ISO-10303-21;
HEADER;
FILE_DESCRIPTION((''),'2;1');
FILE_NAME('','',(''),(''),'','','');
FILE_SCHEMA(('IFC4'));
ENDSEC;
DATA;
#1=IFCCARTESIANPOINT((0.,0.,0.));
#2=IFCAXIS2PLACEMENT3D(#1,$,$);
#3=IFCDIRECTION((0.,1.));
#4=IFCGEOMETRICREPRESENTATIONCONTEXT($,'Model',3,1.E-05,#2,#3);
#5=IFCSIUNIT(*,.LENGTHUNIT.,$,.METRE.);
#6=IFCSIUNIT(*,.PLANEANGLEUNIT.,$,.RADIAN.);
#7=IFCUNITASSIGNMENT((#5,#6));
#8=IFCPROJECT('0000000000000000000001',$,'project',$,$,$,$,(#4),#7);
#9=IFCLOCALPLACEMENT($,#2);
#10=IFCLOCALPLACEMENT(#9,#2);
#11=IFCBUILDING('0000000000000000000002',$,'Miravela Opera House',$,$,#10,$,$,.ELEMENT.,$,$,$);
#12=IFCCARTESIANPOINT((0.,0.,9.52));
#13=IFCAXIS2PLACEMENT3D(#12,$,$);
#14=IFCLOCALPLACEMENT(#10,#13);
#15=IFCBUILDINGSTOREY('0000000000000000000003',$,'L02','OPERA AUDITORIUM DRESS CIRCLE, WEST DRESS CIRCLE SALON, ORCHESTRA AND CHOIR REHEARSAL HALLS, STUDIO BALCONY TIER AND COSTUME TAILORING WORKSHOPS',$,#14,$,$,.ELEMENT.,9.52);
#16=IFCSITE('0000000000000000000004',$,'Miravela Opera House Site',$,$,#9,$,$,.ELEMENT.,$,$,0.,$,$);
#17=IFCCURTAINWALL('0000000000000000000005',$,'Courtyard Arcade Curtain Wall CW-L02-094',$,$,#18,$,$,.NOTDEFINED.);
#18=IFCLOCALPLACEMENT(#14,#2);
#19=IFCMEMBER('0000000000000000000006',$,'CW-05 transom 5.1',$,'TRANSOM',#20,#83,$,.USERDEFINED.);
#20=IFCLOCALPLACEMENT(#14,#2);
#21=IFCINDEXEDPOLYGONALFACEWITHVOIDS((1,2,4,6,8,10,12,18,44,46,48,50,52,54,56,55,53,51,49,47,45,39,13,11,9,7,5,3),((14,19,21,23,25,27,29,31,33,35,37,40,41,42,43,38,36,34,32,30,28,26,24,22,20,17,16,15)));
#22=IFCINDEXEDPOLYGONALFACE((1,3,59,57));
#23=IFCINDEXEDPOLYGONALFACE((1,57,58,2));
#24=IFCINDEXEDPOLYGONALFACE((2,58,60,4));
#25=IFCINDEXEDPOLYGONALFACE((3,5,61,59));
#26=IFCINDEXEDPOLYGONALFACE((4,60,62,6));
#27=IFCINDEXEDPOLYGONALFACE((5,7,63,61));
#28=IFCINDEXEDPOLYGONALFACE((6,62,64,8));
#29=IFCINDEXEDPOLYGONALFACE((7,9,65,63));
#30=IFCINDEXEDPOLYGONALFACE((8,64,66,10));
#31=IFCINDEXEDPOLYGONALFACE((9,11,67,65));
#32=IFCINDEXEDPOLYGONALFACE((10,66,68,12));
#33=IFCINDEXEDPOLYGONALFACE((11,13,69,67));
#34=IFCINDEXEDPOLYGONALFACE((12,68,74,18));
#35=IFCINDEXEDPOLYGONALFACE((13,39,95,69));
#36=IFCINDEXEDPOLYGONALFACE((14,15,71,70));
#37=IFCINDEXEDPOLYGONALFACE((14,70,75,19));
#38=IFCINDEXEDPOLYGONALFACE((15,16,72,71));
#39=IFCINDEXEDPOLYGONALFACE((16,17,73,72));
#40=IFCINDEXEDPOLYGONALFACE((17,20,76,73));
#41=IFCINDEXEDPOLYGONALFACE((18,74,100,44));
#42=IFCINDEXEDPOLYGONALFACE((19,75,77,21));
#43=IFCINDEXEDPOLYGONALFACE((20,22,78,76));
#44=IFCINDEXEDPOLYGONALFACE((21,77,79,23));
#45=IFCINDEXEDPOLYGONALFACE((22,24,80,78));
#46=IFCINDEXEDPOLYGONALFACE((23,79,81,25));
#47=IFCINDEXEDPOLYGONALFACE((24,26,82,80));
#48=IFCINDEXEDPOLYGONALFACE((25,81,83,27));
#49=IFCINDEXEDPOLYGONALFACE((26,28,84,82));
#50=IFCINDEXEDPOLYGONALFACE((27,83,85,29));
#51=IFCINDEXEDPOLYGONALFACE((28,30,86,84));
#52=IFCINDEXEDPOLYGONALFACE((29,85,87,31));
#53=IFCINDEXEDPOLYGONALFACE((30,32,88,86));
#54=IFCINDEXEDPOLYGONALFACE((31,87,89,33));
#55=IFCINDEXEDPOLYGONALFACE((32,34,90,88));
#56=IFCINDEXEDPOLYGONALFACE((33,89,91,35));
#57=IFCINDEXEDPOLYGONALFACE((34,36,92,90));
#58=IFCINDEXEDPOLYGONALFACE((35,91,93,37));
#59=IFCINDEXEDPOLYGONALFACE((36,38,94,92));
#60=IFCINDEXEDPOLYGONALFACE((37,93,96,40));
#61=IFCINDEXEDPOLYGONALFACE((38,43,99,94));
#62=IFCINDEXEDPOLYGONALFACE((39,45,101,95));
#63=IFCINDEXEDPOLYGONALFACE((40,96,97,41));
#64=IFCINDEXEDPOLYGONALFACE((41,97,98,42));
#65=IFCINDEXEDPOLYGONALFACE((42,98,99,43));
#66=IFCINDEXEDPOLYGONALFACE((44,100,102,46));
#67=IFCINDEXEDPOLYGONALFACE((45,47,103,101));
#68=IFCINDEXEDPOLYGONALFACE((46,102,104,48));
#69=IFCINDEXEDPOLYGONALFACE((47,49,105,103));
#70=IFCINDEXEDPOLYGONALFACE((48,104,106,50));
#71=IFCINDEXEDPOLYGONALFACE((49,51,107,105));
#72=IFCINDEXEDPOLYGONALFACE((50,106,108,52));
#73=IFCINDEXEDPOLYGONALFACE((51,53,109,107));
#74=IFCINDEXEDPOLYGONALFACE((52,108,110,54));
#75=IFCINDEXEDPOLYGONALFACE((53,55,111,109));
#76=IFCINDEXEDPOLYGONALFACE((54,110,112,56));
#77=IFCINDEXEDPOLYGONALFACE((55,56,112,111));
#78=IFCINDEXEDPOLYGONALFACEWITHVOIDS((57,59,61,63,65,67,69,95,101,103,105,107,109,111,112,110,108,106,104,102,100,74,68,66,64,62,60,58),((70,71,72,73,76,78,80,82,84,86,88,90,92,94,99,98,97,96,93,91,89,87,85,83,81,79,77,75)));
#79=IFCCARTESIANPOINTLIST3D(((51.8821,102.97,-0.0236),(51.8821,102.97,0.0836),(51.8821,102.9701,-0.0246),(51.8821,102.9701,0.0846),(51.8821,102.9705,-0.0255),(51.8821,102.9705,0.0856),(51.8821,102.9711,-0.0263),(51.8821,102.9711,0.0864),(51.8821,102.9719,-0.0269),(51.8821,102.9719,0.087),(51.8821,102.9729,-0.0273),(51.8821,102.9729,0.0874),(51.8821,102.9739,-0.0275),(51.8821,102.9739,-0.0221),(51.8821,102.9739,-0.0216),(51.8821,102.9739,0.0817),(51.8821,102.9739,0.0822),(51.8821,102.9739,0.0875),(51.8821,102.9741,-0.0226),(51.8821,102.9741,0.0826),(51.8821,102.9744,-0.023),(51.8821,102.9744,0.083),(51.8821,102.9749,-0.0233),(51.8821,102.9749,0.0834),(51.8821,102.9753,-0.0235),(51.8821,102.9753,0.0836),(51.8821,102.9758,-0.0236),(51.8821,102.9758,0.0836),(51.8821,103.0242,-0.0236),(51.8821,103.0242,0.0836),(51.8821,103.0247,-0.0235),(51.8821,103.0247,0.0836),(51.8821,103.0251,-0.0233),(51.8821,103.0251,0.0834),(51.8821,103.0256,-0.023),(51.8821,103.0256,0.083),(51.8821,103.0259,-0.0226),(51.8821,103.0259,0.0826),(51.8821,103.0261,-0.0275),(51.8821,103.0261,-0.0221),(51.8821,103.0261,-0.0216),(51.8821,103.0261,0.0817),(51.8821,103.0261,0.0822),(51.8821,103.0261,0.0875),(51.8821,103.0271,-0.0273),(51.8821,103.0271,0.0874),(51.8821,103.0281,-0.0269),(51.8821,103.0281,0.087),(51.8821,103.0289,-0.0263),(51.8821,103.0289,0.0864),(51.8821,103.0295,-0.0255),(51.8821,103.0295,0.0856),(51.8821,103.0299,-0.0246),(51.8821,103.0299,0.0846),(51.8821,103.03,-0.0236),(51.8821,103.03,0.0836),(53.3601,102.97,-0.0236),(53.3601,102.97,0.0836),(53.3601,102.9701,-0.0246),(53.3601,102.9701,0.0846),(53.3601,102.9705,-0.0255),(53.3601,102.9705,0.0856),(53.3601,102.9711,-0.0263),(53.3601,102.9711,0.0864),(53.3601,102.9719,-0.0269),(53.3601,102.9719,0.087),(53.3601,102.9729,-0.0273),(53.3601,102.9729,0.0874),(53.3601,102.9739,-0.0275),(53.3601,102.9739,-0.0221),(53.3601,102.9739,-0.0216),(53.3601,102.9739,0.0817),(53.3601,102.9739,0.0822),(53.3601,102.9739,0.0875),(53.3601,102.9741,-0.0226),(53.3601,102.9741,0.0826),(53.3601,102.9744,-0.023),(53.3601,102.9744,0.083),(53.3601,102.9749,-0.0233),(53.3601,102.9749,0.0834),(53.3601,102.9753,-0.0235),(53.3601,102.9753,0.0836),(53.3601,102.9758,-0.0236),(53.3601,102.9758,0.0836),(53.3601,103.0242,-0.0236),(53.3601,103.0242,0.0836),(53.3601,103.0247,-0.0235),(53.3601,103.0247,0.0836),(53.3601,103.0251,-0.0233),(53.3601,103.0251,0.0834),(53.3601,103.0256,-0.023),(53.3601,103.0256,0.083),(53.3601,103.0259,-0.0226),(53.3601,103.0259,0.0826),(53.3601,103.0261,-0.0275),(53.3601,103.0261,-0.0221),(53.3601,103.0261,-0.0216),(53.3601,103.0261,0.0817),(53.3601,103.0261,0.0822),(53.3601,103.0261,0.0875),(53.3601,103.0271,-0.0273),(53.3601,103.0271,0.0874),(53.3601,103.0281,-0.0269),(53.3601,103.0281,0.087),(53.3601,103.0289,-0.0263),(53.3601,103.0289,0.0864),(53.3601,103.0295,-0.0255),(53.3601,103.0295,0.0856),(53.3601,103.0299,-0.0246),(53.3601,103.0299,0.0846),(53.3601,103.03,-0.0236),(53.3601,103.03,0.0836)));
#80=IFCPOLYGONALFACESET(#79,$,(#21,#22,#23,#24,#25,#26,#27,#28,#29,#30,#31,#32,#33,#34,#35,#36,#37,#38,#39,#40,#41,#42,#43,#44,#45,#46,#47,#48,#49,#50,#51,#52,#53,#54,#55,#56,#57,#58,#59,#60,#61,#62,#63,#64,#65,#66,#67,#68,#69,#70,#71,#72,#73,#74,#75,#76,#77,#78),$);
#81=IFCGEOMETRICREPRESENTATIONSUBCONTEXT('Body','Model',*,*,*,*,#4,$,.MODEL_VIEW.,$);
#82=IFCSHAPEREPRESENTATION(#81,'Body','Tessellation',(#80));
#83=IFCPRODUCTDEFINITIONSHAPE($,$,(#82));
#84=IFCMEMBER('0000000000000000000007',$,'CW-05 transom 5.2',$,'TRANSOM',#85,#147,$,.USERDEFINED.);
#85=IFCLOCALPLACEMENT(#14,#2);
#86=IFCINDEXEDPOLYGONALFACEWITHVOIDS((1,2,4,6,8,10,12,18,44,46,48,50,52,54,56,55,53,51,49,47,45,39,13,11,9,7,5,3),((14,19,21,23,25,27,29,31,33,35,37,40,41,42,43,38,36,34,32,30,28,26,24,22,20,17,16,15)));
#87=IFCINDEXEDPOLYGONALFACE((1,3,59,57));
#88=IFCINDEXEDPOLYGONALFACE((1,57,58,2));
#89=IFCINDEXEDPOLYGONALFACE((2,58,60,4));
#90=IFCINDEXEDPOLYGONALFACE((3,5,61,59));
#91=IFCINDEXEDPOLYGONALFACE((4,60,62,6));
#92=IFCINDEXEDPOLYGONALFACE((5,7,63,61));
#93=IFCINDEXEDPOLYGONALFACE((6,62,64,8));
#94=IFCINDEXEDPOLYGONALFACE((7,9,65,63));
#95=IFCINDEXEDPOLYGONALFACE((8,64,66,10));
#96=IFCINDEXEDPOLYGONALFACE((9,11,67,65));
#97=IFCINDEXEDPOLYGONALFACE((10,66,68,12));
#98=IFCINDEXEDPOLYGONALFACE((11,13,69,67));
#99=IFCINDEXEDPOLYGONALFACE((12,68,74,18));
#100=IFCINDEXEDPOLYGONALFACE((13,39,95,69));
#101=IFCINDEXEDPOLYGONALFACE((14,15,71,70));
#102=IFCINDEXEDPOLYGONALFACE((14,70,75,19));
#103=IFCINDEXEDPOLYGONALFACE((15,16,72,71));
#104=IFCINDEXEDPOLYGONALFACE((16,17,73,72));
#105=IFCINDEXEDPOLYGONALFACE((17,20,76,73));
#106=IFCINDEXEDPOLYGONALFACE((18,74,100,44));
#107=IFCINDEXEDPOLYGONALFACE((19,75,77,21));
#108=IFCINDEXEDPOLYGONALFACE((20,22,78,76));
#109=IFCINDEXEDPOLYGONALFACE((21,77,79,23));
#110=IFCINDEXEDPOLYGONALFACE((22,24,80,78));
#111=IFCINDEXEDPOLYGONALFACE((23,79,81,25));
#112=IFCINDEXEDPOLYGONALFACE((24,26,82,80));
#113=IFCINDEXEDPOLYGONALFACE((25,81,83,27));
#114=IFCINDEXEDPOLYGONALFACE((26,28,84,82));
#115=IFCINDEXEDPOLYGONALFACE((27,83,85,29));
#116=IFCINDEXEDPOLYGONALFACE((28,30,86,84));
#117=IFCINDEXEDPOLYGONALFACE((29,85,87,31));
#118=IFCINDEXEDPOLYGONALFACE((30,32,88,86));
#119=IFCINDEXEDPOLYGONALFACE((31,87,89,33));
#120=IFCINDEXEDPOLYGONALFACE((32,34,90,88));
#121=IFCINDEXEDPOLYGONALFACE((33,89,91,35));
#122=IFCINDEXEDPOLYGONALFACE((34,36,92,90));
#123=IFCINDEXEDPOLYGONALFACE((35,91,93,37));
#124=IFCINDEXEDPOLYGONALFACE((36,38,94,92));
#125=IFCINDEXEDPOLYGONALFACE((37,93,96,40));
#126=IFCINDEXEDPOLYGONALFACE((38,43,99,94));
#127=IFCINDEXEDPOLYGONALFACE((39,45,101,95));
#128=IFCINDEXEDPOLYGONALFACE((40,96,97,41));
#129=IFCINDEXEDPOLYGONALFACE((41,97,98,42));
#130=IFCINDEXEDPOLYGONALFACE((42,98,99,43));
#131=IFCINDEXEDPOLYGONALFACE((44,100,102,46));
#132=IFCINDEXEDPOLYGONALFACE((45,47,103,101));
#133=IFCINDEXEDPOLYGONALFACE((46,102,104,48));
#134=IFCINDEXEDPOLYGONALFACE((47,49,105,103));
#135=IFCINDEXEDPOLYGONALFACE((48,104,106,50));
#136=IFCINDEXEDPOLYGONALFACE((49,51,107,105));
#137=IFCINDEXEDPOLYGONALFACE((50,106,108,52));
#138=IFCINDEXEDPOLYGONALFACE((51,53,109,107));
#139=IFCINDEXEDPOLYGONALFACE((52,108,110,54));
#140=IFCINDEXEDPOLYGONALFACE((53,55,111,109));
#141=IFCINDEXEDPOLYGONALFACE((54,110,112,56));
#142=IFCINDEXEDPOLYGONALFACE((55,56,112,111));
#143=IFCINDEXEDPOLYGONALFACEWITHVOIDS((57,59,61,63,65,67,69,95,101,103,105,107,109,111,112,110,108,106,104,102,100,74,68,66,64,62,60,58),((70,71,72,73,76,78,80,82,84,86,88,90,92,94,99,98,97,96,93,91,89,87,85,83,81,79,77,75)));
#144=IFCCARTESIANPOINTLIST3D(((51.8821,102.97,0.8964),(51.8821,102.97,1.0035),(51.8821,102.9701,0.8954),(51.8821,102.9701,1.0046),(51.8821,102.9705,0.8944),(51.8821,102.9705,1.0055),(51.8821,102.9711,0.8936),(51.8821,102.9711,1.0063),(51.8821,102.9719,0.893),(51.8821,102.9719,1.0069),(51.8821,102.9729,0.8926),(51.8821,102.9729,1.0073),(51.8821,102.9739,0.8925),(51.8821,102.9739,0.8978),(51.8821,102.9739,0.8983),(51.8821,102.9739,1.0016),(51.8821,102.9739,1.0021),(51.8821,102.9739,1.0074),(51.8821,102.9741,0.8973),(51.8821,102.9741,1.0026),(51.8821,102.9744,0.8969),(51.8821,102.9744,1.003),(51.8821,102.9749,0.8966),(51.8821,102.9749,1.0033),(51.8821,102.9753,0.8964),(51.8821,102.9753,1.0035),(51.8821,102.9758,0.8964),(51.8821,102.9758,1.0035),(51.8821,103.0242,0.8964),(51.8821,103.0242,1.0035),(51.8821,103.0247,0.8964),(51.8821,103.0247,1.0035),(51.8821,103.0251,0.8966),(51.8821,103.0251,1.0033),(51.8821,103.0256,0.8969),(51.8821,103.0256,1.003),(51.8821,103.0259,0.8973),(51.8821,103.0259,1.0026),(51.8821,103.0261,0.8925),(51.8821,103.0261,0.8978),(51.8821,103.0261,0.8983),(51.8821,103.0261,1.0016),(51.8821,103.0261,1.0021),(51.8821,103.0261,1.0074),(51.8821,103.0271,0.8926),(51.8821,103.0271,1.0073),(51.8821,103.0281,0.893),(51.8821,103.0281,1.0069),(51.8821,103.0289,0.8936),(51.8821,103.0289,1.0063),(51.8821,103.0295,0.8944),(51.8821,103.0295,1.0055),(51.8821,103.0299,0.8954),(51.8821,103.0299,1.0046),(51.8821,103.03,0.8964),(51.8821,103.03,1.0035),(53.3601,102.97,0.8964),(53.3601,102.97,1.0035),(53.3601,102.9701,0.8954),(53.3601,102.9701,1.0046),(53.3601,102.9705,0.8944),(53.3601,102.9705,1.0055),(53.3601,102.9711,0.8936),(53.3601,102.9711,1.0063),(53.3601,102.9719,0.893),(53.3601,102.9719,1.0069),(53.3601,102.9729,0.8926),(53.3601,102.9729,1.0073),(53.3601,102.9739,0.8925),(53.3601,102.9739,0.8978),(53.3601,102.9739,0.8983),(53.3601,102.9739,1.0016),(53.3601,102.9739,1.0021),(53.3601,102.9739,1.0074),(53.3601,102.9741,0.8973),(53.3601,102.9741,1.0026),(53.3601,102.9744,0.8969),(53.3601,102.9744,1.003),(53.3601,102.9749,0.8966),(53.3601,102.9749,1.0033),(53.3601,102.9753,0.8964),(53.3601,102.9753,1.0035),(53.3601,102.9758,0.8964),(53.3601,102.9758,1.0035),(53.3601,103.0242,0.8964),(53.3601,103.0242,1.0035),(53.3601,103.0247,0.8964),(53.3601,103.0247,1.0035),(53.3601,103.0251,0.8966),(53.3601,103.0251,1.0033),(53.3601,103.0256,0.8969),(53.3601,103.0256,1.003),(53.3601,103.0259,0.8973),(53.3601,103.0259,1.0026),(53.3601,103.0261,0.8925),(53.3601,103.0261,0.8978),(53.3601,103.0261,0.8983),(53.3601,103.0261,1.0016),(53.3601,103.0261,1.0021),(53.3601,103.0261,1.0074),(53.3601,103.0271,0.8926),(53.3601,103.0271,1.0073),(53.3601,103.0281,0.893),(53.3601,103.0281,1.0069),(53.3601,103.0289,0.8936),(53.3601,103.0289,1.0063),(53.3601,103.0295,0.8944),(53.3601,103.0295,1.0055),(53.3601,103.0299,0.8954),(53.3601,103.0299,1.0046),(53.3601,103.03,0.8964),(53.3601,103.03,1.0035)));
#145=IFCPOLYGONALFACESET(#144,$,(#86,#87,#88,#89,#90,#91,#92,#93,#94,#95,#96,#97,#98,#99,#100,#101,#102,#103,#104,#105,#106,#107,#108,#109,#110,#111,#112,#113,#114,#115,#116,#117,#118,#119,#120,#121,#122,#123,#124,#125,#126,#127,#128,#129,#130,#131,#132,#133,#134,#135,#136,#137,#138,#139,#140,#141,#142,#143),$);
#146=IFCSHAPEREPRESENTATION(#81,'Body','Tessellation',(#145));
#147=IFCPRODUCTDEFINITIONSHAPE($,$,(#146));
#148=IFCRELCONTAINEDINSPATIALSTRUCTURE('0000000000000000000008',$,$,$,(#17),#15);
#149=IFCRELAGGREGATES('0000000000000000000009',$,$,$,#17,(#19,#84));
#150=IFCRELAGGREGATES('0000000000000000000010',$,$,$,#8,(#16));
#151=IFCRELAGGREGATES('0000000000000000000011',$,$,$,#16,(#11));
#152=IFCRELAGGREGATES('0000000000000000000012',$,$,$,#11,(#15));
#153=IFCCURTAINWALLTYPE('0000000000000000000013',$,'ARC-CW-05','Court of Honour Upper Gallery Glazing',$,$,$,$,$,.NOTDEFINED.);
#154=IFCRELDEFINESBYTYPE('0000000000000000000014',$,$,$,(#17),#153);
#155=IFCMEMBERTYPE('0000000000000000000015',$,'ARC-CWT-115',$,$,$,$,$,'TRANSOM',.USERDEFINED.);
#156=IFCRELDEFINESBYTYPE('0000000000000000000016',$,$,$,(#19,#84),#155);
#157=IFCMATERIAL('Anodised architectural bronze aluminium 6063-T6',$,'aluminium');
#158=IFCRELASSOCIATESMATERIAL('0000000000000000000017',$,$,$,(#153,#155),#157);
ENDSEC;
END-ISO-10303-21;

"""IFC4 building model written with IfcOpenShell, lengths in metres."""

from ifc_helpers import new_model, si_unit, direction, frame, origin, origin_2d, place, context, subcontext, project, spatial, hollow_rectangle, extrude, material, material_profile, profile_set, type_object, element, aggregate, save


model = new_model("IFC4")

# Units and contexts
model_context = context("Model", 3, precision=1e-05, world=origin(), true_north=direction((0.0, 1.0)))
body_context = subcontext(model_context, "Body", "Model", "MODEL_VIEW")
ifc_project = project(units=[si_unit("LENGTHUNIT", "METRE"), si_unit("PLANEANGLEUNIT", "RADIAN")], contexts=[model_context])

# Site, building, storey
site_placement = place(None, origin())
site = spatial("IfcSite", under=ifc_project, at=site_placement, Name="Miravela Opera House Site", CompositionType="ELEMENT", RefElevation=0.0)
building_placement = place(site_placement, origin())
building = spatial("IfcBuilding", under=site, at=building_placement, Name="Miravela Opera House", CompositionType="ELEMENT")
storey_placement = place(building_placement, frame((0.0, 0.0, 9.52)))
storey = spatial("IfcBuildingStorey", under=building, at=storey_placement, Name="L02", Description="OPERA AUDITORIUM DRESS CIRCLE, WEST DRESS CIRCLE SALON, ORCHESTRA AND CHOIR REHEARSAL HALLS, STUDIO BALCONY TIER AND COSTUME TAILORING WORKSHOPS", CompositionType="ELEMENT", Elevation=9.52)

# Curtain wall, members
ifc_material_1 = material(Name="Anodised architectural bronze aluminium 6063-T6", Category="aluminium")
curtain_wall_type = type_object("IfcCurtainWallType", Name="ARC-CW-05", Description="Court of Honour Upper Gallery Glazing", PredefinedType="NOTDEFINED", material=ifc_material_1)
curtain_wall_placement = place(storey_placement, origin())
curtain_wall = element("IfcCurtainWall", 1, at=curtain_wall_placement, inside=storey, type_object=curtain_wall_type, Name="Courtyard Arcade Curtain Wall CW-L02-094", PredefinedType="NOTDEFINED")
ifc_material_profile_1 = material_profile(ifc_material_1, hollow_rectangle(XDim=0.0601, YDim=0.115, WallThickness=0.0039, InnerFilletRadius=0.002, OuterFilletRadius=0.0039, at=origin_2d()), Name="CWT-60X115")
ifc_profile_set_1 = profile_set([ifc_material_profile_1])
member_type_1 = type_object("IfcMemberType", Name="ARC-CWT-115", ElementType="TRANSOM", PredefinedType="USERDEFINED", material=ifc_profile_set_1)
member_1_placement = place(storey_placement, frame((51.8821, 103.0, 0.03), z_axis=(1.0, 0.0, 0.0), x_axis=(0.0, 1.0, 0.0)))
member_1 = element("IfcMember", 2, at=member_1_placement, type_object=member_type_1, Name="CW-05 transom 5.1", ObjectType="TRANSOM", PredefinedType="USERDEFINED", context=body_context, shape_type="SweptSolid", body=[
    extrude(hollow_rectangle(XDim=0.0601, YDim=0.115, WallThickness=0.0039, InnerFilletRadius=0.002, OuterFilletRadius=0.0039, at=origin_2d()), origin(), (0.0, 0.0, 1.0), 1.478),
])
member_2_placement = place(storey_placement, frame((51.8821, 103.0, 0.95), z_axis=(1.0, 0.0, 0.0), x_axis=(0.0, 1.0, 0.0)))
member_2 = element("IfcMember", 3, at=member_2_placement, type_object=member_type_1, Name="CW-05 transom 5.2", ObjectType="TRANSOM", PredefinedType="USERDEFINED", context=body_context, shape_type="SweptSolid", body=[
    extrude(hollow_rectangle(XDim=0.0601, YDim=0.115, WallThickness=0.0039, InnerFilletRadius=0.002, OuterFilletRadius=0.0039, at=origin_2d()), origin(), (0.0, 0.0, 1.0), 1.478),
])
aggregate(curtain_wall, [member_1, member_2])

save(model, "model.ifc")
